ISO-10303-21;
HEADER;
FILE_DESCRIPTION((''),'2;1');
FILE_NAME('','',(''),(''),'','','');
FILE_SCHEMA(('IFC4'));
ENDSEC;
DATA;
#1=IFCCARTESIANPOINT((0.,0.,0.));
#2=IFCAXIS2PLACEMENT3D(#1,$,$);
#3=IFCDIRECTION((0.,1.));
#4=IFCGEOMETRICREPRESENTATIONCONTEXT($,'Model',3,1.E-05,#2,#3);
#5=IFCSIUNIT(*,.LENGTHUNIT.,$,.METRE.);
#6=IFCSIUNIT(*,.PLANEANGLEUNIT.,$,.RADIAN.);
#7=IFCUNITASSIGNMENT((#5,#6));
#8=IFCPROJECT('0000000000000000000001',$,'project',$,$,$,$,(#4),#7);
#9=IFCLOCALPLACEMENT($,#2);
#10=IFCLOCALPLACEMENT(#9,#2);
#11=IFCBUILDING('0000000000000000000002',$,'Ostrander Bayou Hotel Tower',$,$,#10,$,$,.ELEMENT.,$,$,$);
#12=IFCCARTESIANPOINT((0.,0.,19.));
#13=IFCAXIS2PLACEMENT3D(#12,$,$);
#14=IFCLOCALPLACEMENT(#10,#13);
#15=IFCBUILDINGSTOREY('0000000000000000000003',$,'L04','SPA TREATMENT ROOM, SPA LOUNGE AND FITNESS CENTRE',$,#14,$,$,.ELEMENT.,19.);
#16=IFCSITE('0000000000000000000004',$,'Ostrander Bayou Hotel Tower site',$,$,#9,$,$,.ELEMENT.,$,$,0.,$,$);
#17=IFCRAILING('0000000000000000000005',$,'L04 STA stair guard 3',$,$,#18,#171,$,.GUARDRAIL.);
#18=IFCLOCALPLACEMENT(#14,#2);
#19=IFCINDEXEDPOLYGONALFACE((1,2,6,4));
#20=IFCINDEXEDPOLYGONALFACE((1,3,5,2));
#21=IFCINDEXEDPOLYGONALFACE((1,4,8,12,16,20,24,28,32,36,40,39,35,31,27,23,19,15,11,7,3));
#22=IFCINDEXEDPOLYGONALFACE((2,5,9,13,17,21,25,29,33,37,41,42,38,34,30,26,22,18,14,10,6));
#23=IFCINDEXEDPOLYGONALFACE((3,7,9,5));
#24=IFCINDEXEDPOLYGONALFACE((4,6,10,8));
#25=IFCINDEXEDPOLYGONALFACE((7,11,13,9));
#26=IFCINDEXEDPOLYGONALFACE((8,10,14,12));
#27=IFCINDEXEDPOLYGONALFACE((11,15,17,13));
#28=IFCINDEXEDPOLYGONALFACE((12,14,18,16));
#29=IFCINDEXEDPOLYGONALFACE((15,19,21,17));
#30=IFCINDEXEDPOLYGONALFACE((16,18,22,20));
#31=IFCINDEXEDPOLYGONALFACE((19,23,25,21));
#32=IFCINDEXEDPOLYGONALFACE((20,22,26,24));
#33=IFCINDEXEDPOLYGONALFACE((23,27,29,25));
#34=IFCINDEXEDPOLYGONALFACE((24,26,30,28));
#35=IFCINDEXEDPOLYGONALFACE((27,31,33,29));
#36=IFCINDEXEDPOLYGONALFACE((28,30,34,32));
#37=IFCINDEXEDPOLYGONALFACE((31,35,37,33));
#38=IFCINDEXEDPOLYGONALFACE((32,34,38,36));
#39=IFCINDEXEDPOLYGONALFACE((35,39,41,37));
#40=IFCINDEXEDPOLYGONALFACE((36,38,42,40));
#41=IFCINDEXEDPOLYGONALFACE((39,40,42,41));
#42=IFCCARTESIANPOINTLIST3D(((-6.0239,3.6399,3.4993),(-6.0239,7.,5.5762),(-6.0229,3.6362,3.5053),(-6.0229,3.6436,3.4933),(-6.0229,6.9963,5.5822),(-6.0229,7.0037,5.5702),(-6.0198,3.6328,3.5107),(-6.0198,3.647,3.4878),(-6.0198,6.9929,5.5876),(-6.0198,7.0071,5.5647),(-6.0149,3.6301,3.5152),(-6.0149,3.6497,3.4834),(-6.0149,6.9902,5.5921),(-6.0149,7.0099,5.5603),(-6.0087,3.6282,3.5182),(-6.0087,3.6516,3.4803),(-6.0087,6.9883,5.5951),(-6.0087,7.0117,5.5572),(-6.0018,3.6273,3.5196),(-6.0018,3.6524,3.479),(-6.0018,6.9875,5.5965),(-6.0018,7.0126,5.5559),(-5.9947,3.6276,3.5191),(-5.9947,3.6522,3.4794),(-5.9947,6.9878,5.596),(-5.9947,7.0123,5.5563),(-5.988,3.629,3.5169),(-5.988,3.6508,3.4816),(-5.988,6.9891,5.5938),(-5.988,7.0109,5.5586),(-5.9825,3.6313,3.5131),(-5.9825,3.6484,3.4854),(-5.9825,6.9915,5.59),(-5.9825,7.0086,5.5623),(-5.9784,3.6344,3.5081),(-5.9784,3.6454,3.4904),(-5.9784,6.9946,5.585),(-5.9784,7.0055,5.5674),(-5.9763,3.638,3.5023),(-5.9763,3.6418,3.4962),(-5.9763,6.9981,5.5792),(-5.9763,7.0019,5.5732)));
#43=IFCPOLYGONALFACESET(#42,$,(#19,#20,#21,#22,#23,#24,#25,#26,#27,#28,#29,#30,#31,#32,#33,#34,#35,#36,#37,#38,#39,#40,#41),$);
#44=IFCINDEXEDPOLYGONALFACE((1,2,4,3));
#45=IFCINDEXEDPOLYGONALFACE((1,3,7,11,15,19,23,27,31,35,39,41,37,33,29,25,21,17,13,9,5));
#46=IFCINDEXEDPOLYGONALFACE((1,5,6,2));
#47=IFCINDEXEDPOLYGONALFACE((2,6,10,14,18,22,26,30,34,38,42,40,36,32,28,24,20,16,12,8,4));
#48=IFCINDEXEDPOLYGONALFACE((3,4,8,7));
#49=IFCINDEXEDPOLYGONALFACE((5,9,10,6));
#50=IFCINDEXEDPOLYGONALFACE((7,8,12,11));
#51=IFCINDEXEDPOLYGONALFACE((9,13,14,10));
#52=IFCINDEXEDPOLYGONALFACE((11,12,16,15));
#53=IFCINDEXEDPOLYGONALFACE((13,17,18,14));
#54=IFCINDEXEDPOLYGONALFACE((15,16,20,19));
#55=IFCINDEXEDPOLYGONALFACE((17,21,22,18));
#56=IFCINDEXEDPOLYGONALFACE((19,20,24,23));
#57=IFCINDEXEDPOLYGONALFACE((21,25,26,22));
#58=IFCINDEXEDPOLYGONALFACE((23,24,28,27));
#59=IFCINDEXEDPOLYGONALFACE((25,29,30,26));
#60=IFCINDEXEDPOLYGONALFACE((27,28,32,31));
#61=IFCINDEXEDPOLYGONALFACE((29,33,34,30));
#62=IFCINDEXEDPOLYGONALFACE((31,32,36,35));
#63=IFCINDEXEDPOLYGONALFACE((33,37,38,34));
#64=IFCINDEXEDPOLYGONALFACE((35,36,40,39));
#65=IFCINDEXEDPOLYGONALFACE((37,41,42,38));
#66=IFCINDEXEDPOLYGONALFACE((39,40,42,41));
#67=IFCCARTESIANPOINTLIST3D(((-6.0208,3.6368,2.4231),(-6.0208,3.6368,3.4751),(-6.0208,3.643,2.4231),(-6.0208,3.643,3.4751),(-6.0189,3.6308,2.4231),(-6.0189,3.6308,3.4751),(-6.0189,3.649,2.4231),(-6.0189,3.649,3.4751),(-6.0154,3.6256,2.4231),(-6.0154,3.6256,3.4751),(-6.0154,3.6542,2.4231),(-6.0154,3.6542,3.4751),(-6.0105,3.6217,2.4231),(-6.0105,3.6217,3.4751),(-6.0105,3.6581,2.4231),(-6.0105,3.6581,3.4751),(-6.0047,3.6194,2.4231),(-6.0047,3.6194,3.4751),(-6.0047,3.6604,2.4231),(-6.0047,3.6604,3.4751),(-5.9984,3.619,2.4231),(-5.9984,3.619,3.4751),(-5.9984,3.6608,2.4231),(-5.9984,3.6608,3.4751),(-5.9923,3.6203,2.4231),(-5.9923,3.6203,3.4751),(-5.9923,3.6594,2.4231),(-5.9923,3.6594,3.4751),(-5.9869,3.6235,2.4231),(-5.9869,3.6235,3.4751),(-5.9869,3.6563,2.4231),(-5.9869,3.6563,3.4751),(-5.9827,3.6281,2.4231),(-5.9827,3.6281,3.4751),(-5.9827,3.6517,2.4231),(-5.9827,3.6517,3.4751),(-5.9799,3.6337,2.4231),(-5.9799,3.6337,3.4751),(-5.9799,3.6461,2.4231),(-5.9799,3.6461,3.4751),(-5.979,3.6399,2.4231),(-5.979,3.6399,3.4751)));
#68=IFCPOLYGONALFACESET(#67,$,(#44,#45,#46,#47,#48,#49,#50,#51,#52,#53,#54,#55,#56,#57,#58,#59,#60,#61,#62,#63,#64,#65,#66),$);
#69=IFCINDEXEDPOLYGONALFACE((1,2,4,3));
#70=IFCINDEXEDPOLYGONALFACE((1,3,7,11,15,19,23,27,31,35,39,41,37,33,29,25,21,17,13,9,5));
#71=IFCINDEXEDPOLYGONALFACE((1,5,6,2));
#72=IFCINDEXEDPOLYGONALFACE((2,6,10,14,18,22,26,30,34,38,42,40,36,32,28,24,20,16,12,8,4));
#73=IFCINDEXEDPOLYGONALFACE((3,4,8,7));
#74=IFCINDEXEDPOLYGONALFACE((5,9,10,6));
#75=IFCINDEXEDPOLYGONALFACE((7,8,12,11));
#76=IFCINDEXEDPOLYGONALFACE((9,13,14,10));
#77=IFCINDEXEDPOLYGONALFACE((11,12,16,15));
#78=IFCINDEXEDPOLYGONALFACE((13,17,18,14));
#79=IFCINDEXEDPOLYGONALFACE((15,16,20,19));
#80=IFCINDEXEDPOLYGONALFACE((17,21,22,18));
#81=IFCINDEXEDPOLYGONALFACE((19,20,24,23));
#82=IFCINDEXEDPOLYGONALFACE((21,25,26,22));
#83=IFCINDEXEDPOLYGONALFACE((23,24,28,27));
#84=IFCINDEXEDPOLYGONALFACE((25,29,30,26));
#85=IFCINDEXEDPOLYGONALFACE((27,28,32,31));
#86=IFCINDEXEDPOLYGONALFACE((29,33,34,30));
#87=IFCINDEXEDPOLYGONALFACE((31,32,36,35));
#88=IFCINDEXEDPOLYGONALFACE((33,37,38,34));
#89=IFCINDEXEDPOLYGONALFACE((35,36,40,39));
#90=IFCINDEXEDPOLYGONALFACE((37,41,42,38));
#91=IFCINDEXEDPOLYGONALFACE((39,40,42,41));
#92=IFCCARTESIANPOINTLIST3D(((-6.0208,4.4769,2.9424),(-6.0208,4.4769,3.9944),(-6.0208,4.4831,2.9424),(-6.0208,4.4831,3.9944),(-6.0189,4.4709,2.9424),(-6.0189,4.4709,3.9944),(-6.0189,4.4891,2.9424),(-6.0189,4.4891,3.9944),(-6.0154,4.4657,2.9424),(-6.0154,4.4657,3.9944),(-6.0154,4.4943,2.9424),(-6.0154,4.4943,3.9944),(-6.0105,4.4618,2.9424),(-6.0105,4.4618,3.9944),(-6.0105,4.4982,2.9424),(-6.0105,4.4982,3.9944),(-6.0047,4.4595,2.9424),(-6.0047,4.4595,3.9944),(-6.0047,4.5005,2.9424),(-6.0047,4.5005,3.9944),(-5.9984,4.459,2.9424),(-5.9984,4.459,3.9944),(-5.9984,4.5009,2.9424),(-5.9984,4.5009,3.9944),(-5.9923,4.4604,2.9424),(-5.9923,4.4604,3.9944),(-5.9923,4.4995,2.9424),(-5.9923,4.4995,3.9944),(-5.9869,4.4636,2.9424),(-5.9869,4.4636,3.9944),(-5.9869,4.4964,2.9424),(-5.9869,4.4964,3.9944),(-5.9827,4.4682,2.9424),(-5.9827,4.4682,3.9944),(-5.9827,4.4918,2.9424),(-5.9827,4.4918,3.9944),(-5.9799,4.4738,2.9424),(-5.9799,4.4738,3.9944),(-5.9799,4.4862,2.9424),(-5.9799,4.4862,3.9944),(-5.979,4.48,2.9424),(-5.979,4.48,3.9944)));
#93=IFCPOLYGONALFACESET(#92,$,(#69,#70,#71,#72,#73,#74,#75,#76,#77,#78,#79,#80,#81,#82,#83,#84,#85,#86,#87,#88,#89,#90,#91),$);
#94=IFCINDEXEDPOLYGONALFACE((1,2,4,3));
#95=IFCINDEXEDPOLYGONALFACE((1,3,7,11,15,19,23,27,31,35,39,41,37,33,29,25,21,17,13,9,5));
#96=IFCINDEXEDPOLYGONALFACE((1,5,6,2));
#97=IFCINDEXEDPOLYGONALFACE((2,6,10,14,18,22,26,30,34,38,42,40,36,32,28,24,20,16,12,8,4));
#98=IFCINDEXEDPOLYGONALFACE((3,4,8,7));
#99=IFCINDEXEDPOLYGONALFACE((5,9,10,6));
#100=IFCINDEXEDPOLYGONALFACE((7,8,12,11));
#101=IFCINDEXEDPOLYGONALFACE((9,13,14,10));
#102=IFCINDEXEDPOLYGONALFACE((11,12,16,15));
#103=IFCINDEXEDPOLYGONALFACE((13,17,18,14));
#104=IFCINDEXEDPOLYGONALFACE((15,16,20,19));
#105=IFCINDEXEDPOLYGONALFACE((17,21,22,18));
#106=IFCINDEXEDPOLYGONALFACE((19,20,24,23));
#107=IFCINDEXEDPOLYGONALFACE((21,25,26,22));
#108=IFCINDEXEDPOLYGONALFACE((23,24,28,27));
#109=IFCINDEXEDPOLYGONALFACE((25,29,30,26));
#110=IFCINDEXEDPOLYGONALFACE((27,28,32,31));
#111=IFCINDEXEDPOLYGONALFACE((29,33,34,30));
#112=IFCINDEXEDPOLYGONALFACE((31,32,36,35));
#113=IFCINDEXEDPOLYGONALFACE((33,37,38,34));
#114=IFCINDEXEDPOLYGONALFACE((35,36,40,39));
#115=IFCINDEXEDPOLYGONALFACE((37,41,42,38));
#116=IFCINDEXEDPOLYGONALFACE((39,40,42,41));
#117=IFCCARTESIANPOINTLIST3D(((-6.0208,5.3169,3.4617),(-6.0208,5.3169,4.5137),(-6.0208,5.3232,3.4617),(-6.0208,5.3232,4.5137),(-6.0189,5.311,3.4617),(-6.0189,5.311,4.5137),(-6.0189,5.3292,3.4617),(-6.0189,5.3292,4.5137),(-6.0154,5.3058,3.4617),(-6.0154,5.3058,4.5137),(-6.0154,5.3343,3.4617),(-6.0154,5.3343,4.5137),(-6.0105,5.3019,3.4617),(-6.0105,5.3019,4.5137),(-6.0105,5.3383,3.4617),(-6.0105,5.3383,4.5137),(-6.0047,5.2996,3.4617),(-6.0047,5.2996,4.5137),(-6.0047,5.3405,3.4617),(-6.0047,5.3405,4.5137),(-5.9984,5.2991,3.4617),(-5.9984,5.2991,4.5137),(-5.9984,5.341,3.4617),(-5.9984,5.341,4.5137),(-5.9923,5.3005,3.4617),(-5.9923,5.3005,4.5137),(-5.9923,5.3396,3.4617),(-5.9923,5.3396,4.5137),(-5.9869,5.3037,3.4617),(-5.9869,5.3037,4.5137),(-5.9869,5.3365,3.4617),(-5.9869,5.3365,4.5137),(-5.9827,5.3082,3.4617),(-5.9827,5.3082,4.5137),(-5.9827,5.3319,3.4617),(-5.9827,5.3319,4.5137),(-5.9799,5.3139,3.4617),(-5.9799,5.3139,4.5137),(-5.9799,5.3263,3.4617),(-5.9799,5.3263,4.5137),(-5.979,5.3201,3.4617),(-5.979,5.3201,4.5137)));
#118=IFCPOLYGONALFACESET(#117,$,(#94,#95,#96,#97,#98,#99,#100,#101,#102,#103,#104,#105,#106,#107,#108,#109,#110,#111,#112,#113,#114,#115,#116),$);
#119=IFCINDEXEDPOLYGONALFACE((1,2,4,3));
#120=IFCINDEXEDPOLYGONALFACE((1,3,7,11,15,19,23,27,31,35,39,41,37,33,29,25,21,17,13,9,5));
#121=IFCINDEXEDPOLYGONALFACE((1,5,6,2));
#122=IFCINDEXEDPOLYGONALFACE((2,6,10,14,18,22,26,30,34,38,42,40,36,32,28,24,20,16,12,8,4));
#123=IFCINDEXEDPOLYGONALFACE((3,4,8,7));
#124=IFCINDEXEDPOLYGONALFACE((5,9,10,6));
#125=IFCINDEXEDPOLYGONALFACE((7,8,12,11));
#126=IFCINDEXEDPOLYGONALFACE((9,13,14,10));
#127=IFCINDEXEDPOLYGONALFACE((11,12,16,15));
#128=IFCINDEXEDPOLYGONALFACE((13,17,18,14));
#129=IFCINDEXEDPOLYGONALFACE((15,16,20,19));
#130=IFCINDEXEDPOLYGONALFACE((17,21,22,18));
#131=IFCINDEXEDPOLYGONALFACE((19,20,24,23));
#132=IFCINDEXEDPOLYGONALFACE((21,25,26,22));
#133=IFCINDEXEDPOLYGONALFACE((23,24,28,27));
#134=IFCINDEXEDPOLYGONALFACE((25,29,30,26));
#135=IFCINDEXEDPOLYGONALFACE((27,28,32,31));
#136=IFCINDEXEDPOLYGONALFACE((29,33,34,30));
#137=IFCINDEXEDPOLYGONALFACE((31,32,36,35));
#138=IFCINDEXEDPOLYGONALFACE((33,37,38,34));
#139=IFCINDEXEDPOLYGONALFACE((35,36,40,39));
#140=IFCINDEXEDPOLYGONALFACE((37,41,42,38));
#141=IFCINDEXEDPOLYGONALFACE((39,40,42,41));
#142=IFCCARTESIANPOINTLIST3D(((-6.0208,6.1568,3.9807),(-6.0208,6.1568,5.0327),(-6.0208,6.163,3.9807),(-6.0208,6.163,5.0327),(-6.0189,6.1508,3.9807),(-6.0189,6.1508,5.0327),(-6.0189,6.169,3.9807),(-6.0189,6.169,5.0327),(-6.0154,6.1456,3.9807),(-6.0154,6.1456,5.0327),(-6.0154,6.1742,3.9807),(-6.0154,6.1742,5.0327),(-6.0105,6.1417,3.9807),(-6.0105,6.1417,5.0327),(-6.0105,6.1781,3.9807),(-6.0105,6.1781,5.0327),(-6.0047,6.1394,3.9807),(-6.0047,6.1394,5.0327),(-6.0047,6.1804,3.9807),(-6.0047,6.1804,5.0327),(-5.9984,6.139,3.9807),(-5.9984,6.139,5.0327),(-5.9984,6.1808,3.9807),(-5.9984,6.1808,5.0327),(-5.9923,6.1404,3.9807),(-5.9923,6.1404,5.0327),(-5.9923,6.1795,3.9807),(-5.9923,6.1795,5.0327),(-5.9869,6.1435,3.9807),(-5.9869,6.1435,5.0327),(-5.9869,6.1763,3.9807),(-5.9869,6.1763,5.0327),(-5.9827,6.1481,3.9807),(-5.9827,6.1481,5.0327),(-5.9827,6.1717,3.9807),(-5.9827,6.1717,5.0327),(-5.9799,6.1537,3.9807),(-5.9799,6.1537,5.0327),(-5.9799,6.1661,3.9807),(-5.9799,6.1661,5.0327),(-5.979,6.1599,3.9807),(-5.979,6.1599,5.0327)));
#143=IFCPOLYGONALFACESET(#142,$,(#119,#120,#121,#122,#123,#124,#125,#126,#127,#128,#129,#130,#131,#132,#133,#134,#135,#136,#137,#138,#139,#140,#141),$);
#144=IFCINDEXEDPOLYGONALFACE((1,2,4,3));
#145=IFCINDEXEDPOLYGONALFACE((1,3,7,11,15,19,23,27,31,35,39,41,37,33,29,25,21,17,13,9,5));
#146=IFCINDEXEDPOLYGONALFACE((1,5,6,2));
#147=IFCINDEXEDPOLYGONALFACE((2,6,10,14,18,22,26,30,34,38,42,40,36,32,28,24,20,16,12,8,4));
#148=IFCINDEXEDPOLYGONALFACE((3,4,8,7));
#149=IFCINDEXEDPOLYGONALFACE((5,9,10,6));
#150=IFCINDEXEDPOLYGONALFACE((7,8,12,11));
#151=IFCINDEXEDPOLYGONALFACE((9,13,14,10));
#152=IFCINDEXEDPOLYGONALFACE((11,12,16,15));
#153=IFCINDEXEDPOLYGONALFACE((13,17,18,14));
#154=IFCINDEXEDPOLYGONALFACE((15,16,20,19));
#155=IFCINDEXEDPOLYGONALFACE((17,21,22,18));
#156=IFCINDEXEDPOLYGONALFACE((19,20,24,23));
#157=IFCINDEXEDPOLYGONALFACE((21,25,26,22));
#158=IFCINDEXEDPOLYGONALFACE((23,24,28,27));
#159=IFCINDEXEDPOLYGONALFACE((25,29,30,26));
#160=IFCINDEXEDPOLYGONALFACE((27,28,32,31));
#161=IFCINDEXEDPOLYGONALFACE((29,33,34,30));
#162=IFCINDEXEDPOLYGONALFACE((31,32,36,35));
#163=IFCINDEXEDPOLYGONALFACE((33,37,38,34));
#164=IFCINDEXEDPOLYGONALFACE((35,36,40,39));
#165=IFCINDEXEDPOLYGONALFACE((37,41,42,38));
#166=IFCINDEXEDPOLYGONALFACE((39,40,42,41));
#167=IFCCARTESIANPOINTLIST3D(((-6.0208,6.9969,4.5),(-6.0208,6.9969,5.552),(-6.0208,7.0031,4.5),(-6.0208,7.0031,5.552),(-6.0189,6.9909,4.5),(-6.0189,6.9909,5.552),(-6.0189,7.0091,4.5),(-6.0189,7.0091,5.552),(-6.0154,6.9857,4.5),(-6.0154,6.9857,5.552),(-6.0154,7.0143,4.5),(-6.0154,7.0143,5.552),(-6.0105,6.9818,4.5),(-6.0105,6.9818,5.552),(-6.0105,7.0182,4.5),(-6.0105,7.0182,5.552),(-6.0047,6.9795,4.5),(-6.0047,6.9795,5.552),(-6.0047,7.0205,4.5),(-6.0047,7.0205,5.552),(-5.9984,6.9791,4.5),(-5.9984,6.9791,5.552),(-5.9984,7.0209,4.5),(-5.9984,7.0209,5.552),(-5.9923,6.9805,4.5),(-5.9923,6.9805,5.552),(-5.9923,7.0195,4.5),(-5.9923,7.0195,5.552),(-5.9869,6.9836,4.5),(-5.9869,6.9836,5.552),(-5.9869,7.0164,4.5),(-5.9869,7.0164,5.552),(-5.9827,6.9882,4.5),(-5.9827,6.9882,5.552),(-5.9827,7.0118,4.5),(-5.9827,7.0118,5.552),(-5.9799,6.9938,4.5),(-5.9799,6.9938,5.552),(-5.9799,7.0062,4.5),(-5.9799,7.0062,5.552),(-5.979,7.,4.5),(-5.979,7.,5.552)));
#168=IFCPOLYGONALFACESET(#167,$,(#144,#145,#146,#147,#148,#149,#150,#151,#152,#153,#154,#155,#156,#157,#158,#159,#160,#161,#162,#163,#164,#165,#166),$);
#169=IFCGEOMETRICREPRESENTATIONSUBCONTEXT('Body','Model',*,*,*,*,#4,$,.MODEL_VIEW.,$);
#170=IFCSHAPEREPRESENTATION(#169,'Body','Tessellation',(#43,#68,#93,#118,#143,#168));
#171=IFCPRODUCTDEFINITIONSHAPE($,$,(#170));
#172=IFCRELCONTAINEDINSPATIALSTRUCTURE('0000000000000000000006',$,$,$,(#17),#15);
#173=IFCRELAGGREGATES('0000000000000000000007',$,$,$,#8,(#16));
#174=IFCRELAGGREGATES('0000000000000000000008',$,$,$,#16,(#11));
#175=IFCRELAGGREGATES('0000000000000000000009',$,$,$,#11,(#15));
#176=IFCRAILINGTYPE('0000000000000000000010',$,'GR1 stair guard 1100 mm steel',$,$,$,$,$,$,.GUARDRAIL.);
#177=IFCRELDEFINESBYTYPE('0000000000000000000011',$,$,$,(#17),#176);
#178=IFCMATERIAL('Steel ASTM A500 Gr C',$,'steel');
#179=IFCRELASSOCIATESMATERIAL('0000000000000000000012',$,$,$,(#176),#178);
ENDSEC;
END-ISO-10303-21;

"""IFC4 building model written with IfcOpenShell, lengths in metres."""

from ifc_helpers import new_model, si_unit, direction, frame, origin, origin_2d, place, context, subcontext, project, spatial, circle, extrude, material, type_object, element, save


model = new_model("IFC4")

# Units and contexts
model_context = context("Model", 3, precision=1e-05, world=origin(), true_north=direction((0.0, 1.0)))
body_context = subcontext(model_context, "Body", "Model", "MODEL_VIEW")
ifc_project = project(units=[si_unit("LENGTHUNIT", "METRE"), si_unit("PLANEANGLEUNIT", "RADIAN")], contexts=[model_context])

# Site, building, storey
site_placement = place(None, origin())
site = spatial("IfcSite", under=ifc_project, at=site_placement, Name="Ostrander Bayou Hotel Tower site", CompositionType="ELEMENT", RefElevation=0.0)
building_placement = place(site_placement, origin())
building = spatial("IfcBuilding", under=site, at=building_placement, Name="Ostrander Bayou Hotel Tower", CompositionType="ELEMENT")
storey_placement = place(building_placement, frame((0.0, 0.0, 19.0)))
storey = spatial("IfcBuildingStorey", under=building, at=storey_placement, Name="L04", Description="SPA TREATMENT ROOM, SPA LOUNGE AND FITNESS CENTRE", CompositionType="ELEMENT", Elevation=19.0)

# Railing
ifc_material_1 = material(Name="Steel ASTM A500 Gr C", Category="steel")
railing_type_1 = type_object("IfcRailingType", Name="GR1 stair guard 1100 mm steel", PredefinedType="GUARDRAIL", material=ifc_material_1)
railing_1_placement = place(storey_placement, frame((-6.0, 3.6399, 2.4231)))
element("IfcRailing", 1, at=railing_1_placement, inside=storey, type_object=railing_type_1, Name="L04 STA stair guard 3", PredefinedType="GUARDRAIL", context=body_context, shape_type="SweptSolid", body=[
    extrude(circle(Radius=0.0239, at=origin_2d()), frame((0.0, 0.0, 1.0762), z_axis=(0.0, 0.850623, 0.525776), x_axis=(-1.0, 0.0, 0.0)), (0.0, 0.0, 1.0), 3.9502),
    extrude(circle(Radius=0.021, at=origin_2d()), origin(), (0.0, 0.0, 1.0), 1.052),
    extrude(circle(Radius=0.021, at=origin_2d()), frame((0.0, 0.8401, 0.5193)), (0.0, 0.0, 1.0), 1.052),
    extrude(circle(Radius=0.021, at=origin_2d()), frame((0.0, 1.6802, 1.0386)), (0.0, 0.0, 1.0), 1.052),
    extrude(circle(Radius=0.021, at=origin_2d()), frame((0.0, 2.52, 1.5576)), (0.0, 0.0, 1.0), 1.052),
    extrude(circle(Radius=0.021, at=origin_2d()), frame((0.0, 3.3601, 2.0769)), (0.0, 0.0, 1.0), 1.052),
])

save(model, "model.ifc")
